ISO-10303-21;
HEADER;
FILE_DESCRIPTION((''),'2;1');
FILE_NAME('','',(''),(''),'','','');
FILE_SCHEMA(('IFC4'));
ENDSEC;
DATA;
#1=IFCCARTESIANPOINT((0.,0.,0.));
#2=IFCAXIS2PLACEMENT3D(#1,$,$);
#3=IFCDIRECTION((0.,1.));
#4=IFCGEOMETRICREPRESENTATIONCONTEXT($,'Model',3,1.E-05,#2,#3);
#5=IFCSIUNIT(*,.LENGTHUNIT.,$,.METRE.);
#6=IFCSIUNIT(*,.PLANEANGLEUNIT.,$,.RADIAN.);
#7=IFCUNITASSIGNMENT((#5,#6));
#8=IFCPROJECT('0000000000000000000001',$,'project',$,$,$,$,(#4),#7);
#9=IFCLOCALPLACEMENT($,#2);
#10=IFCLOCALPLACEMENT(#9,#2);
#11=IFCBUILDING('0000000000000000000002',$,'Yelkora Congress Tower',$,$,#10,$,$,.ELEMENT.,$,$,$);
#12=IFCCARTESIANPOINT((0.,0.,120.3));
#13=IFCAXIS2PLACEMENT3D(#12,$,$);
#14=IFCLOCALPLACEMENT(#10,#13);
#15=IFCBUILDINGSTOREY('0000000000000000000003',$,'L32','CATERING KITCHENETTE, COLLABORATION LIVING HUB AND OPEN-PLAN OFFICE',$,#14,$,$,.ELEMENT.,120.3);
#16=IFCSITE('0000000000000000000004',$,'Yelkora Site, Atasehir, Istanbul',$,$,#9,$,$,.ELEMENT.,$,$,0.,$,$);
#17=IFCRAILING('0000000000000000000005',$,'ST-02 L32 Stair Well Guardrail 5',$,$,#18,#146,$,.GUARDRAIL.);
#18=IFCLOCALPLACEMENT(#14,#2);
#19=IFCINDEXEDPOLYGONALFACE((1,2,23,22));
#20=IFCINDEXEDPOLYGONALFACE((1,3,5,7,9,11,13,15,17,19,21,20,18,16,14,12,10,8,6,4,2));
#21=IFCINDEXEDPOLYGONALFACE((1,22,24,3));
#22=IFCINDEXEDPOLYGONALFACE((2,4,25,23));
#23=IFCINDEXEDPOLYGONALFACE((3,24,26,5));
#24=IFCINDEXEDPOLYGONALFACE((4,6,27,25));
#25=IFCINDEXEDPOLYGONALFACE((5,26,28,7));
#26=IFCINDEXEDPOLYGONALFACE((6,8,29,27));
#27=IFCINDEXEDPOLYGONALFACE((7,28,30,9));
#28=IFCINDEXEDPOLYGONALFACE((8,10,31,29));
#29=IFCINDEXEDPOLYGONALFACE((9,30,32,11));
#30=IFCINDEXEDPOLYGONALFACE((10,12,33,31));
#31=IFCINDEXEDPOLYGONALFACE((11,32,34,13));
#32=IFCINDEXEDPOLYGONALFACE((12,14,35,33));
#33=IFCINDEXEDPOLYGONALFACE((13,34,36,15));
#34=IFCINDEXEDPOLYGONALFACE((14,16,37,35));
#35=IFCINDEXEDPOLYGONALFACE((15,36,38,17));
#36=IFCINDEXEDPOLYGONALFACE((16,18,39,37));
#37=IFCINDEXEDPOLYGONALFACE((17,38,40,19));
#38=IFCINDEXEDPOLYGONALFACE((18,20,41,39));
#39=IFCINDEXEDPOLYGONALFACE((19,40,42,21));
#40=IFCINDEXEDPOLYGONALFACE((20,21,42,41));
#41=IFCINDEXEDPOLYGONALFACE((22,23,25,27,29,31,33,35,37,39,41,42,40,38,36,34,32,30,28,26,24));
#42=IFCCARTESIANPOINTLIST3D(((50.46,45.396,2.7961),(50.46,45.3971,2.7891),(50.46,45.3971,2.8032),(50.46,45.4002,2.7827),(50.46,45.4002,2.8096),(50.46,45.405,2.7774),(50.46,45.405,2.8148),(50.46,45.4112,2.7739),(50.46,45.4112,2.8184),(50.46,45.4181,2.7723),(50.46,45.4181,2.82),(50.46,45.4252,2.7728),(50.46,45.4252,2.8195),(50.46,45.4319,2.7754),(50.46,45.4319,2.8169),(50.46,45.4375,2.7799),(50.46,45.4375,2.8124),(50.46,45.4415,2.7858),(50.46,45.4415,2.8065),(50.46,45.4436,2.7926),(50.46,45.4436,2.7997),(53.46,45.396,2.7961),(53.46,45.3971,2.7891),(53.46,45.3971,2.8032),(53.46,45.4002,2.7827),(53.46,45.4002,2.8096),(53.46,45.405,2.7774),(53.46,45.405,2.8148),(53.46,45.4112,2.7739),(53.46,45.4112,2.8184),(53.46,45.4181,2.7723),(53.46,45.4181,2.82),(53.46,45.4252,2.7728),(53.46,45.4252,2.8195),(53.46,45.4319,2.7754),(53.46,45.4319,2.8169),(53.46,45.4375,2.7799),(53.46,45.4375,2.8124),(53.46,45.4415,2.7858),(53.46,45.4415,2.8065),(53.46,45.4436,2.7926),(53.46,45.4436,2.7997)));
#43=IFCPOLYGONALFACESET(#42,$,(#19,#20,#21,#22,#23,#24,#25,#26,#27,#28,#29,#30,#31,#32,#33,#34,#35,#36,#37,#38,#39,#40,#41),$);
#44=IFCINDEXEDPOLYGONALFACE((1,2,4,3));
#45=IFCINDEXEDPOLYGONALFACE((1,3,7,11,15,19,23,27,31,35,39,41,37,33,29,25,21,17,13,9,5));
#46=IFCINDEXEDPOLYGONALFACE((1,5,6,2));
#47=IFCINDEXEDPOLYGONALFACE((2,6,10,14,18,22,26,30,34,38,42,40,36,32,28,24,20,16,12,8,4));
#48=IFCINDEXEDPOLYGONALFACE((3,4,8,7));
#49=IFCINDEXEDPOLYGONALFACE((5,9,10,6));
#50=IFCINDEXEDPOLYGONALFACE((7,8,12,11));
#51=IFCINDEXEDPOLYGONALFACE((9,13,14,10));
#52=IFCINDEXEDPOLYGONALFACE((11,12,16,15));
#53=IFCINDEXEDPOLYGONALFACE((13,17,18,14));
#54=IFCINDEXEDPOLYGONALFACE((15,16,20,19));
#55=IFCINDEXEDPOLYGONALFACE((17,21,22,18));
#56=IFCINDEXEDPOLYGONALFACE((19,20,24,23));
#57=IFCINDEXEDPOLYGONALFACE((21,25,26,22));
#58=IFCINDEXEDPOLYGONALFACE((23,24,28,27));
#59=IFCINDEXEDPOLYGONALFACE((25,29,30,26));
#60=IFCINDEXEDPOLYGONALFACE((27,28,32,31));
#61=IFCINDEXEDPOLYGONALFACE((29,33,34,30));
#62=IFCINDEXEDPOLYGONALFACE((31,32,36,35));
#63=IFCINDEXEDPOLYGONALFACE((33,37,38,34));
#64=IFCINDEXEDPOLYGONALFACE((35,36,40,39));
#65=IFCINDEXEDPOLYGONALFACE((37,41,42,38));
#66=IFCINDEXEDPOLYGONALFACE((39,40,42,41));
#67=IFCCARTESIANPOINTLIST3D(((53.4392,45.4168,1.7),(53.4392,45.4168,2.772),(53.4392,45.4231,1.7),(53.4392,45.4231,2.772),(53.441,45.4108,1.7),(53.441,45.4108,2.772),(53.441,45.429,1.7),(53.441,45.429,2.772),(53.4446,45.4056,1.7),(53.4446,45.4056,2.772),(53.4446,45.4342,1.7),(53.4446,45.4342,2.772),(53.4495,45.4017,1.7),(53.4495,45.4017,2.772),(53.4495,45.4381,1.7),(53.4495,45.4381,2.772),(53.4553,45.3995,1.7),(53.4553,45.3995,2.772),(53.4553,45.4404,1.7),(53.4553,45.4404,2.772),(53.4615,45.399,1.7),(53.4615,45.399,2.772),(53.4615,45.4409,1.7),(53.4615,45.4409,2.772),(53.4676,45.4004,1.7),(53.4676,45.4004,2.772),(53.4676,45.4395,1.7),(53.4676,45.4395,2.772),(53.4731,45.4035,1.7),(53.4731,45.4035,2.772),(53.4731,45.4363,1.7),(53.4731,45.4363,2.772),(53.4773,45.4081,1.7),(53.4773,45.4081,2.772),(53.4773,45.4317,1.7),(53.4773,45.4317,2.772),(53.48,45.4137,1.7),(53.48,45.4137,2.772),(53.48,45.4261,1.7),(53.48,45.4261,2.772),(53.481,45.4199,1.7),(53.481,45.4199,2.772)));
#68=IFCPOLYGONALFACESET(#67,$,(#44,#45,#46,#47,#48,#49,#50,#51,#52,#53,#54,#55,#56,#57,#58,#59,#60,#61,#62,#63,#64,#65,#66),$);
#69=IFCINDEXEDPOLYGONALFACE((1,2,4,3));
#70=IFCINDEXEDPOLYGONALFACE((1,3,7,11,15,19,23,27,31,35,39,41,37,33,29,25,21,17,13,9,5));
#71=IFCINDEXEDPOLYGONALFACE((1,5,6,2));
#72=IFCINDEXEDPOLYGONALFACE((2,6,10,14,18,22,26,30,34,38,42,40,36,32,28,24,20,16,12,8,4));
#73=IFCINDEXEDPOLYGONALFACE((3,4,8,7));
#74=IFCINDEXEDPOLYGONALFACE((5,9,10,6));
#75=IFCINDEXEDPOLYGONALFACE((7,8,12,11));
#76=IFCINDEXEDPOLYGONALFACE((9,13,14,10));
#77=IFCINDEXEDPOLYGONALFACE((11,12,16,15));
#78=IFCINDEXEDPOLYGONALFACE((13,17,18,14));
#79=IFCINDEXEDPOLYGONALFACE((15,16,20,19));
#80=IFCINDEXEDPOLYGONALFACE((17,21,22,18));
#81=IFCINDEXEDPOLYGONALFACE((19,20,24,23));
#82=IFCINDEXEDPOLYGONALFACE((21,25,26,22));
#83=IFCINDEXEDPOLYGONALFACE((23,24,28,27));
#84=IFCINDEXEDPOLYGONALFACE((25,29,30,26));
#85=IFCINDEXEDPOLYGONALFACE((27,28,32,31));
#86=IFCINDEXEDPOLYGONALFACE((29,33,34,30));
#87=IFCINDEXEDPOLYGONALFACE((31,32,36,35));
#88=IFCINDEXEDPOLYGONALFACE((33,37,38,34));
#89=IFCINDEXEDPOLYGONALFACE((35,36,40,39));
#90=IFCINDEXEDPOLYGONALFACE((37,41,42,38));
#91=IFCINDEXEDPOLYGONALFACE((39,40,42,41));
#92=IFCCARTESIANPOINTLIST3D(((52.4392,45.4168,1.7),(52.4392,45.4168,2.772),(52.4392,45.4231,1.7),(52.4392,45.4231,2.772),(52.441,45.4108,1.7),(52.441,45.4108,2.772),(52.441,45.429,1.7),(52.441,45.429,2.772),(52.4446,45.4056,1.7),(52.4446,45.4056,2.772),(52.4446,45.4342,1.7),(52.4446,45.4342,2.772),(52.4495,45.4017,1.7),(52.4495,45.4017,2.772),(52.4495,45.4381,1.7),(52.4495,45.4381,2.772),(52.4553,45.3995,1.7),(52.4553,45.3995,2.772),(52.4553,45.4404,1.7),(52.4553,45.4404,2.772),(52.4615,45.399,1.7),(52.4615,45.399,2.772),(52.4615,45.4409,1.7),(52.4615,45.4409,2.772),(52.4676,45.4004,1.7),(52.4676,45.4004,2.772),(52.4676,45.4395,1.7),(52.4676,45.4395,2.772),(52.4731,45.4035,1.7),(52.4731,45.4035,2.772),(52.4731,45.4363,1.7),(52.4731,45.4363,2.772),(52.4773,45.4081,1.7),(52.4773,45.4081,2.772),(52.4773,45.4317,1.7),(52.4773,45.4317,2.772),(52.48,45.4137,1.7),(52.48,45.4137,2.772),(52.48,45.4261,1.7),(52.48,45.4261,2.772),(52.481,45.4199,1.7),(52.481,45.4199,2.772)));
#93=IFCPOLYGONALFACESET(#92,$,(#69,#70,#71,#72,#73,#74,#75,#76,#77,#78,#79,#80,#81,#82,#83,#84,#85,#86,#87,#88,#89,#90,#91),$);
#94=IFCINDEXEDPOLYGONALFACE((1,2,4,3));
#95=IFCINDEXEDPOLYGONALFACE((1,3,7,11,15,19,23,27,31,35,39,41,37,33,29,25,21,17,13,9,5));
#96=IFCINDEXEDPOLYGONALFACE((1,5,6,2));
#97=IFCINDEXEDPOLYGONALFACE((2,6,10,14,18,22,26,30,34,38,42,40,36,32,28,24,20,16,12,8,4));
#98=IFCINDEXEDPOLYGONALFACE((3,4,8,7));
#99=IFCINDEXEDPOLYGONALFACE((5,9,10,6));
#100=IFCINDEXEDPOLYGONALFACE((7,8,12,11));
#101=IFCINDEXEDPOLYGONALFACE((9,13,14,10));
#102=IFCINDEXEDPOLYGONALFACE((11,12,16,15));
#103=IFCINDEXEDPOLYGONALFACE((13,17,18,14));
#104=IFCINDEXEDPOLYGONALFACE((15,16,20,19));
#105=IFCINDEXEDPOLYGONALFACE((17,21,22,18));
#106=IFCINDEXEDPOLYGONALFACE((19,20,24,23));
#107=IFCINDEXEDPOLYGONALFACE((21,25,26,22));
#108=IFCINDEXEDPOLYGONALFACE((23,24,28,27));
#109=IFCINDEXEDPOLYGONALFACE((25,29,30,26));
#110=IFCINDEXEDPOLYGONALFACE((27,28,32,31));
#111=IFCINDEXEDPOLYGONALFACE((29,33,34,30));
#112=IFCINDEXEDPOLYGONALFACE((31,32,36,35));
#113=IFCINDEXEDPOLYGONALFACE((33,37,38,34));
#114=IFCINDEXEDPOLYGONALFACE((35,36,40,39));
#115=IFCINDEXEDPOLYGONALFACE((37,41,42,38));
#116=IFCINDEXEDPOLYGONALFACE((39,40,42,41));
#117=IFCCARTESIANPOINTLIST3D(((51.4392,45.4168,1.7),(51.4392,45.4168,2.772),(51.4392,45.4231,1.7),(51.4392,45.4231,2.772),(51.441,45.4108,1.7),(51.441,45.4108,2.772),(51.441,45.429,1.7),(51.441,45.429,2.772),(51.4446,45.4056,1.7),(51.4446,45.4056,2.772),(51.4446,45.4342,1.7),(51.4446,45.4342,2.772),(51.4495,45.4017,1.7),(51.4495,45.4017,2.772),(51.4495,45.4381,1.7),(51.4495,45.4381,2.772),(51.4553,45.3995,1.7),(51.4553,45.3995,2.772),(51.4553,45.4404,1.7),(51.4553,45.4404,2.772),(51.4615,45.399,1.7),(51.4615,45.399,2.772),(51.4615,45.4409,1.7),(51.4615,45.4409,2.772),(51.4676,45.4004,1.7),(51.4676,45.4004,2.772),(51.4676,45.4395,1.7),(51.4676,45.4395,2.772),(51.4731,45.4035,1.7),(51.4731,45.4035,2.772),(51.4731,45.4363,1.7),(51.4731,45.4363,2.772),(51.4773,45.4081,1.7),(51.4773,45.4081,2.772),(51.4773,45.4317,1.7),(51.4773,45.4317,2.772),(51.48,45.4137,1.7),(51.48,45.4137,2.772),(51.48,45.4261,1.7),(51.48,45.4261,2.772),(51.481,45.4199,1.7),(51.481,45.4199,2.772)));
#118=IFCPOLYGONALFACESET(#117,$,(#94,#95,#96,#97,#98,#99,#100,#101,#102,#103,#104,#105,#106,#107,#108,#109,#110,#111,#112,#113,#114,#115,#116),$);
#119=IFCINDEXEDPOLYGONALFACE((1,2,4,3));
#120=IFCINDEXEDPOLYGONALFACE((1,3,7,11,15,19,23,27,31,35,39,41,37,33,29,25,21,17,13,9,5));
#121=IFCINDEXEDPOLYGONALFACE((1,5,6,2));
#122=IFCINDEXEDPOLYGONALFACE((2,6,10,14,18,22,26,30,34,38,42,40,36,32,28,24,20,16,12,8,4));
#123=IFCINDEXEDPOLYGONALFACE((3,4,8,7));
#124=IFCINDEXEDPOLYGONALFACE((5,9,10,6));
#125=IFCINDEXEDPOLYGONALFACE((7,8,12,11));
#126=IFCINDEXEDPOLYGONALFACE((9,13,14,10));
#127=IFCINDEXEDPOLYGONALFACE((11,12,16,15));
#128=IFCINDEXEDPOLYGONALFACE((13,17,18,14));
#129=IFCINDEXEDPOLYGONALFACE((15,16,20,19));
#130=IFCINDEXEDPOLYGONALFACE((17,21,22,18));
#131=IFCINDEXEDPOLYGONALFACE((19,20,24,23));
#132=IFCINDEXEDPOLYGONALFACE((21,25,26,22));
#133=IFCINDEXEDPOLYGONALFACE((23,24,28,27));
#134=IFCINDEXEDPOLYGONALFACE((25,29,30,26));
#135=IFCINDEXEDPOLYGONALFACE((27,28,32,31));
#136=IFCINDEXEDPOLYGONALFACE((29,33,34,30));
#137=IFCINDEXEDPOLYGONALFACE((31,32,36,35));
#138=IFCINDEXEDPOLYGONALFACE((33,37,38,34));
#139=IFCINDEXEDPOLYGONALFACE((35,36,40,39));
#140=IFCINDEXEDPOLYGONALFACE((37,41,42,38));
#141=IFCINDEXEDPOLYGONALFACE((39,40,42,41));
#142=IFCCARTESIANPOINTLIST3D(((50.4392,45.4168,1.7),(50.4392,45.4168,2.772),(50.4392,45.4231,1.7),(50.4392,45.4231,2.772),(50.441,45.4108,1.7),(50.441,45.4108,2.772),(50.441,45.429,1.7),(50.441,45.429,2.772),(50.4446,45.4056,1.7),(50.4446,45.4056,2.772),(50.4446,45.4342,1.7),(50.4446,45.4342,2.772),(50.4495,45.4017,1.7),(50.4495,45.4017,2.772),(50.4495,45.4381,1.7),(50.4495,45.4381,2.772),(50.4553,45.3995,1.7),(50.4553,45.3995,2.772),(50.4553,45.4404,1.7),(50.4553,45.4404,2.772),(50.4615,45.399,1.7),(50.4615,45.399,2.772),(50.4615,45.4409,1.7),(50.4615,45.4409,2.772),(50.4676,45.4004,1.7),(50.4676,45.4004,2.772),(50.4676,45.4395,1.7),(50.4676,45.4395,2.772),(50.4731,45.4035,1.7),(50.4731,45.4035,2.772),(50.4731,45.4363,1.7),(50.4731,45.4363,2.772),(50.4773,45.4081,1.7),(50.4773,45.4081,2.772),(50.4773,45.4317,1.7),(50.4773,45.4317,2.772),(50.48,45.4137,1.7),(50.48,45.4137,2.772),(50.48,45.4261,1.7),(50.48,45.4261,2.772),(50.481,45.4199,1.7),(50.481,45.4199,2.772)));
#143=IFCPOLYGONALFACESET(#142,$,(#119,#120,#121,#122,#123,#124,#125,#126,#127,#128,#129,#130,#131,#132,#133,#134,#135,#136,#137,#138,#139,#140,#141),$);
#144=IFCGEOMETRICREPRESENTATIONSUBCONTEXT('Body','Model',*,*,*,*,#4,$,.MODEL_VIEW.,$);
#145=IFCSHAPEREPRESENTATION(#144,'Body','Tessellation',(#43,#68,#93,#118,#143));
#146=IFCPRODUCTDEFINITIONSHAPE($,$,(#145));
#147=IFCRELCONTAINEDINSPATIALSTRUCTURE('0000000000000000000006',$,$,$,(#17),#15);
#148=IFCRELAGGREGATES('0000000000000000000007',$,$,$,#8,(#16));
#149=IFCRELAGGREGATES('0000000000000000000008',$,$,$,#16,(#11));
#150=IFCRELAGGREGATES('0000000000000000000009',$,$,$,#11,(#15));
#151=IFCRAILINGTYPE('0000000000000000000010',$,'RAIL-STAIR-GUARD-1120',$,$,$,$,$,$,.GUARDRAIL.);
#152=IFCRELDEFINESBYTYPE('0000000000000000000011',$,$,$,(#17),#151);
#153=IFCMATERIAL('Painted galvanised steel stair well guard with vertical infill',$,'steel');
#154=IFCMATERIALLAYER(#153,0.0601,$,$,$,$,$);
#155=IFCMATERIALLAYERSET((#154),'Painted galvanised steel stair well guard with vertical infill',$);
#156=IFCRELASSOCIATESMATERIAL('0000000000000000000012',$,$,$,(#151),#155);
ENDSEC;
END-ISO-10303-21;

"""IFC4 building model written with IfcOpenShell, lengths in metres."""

from ifc_helpers import new_model, si_unit, direction, frame, origin, origin_2d, place, context, subcontext, project, spatial, circle, extrude, material, layer, layer_set, type_object, element, save


model = new_model("IFC4")

# Units and contexts
model_context = context("Model", 3, precision=1e-05, world=origin(), true_north=direction((0.0, 1.0)))
body_context = subcontext(model_context, "Body", "Model", "MODEL_VIEW")
ifc_project = project(units=[si_unit("LENGTHUNIT", "METRE"), si_unit("PLANEANGLEUNIT", "RADIAN")], contexts=[model_context])

# Site, building, storey
site_placement = place(None, origin())
site = spatial("IfcSite", under=ifc_project, at=site_placement, Name="Yelkora Site, Atasehir, Istanbul", CompositionType="ELEMENT", RefElevation=0.0)
building_placement = place(site_placement, origin())
building = spatial("IfcBuilding", under=site, at=building_placement, Name="Yelkora Congress Tower", CompositionType="ELEMENT")
storey_placement = place(building_placement, frame((0.0, 0.0, 120.3)))
storey = spatial("IfcBuildingStorey", under=building, at=storey_placement, Name="L32", Description="CATERING KITCHENETTE, COLLABORATION LIVING HUB AND OPEN-PLAN OFFICE", CompositionType="ELEMENT", Elevation=120.3)

# Railing
ifc_material_1 = material(Name="Painted galvanised steel stair well guard with vertical infill", Category="steel")
ifc_layer_1 = layer(ifc_material_1, 0.0601)
ifc_layer_set_1 = layer_set([ifc_layer_1], Name="Painted galvanised steel stair well guard with vertical infill")
railing_type_1 = type_object("IfcRailingType", Name="RAIL-STAIR-GUARD-1120", PredefinedType="GUARDRAIL", material=ifc_layer_set_1)
railing_1_placement = place(storey_placement, frame((53.46, 45.4199, 1.7)))
element("IfcRailing", 1, at=railing_1_placement, inside=storey, type_object=railing_type_1, Name="ST-02 L32 Stair Well Guardrail 5", PredefinedType="GUARDRAIL", context=body_context, shape_type="SweptSolid", body=[
    extrude(circle(Radius=0.0239, at=origin_2d()), frame((0.0, 0.0, 1.0962), z_axis=(-1.0, 0.0, 0.0), x_axis=(0.0, -1.0, 0.0)), (0.0, 0.0, 1.0), 3.0),
    extrude(circle(Radius=0.021, at=origin_2d()), origin(), (0.0, 0.0, 1.0), 1.072),
    extrude(circle(Radius=0.021, at=origin_2d()), frame((-1.0, 0.0, 0.0)), (0.0, 0.0, 1.0), 1.072),
    extrude(circle(Radius=0.021, at=origin_2d()), frame((-2.0, 0.0, 0.0)), (0.0, 0.0, 1.0), 1.072),
    extrude(circle(Radius=0.021, at=origin_2d()), frame((-3.0, 0.0, 0.0)), (0.0, 0.0, 1.0), 1.072),
])

save(model, "model.ifc")
